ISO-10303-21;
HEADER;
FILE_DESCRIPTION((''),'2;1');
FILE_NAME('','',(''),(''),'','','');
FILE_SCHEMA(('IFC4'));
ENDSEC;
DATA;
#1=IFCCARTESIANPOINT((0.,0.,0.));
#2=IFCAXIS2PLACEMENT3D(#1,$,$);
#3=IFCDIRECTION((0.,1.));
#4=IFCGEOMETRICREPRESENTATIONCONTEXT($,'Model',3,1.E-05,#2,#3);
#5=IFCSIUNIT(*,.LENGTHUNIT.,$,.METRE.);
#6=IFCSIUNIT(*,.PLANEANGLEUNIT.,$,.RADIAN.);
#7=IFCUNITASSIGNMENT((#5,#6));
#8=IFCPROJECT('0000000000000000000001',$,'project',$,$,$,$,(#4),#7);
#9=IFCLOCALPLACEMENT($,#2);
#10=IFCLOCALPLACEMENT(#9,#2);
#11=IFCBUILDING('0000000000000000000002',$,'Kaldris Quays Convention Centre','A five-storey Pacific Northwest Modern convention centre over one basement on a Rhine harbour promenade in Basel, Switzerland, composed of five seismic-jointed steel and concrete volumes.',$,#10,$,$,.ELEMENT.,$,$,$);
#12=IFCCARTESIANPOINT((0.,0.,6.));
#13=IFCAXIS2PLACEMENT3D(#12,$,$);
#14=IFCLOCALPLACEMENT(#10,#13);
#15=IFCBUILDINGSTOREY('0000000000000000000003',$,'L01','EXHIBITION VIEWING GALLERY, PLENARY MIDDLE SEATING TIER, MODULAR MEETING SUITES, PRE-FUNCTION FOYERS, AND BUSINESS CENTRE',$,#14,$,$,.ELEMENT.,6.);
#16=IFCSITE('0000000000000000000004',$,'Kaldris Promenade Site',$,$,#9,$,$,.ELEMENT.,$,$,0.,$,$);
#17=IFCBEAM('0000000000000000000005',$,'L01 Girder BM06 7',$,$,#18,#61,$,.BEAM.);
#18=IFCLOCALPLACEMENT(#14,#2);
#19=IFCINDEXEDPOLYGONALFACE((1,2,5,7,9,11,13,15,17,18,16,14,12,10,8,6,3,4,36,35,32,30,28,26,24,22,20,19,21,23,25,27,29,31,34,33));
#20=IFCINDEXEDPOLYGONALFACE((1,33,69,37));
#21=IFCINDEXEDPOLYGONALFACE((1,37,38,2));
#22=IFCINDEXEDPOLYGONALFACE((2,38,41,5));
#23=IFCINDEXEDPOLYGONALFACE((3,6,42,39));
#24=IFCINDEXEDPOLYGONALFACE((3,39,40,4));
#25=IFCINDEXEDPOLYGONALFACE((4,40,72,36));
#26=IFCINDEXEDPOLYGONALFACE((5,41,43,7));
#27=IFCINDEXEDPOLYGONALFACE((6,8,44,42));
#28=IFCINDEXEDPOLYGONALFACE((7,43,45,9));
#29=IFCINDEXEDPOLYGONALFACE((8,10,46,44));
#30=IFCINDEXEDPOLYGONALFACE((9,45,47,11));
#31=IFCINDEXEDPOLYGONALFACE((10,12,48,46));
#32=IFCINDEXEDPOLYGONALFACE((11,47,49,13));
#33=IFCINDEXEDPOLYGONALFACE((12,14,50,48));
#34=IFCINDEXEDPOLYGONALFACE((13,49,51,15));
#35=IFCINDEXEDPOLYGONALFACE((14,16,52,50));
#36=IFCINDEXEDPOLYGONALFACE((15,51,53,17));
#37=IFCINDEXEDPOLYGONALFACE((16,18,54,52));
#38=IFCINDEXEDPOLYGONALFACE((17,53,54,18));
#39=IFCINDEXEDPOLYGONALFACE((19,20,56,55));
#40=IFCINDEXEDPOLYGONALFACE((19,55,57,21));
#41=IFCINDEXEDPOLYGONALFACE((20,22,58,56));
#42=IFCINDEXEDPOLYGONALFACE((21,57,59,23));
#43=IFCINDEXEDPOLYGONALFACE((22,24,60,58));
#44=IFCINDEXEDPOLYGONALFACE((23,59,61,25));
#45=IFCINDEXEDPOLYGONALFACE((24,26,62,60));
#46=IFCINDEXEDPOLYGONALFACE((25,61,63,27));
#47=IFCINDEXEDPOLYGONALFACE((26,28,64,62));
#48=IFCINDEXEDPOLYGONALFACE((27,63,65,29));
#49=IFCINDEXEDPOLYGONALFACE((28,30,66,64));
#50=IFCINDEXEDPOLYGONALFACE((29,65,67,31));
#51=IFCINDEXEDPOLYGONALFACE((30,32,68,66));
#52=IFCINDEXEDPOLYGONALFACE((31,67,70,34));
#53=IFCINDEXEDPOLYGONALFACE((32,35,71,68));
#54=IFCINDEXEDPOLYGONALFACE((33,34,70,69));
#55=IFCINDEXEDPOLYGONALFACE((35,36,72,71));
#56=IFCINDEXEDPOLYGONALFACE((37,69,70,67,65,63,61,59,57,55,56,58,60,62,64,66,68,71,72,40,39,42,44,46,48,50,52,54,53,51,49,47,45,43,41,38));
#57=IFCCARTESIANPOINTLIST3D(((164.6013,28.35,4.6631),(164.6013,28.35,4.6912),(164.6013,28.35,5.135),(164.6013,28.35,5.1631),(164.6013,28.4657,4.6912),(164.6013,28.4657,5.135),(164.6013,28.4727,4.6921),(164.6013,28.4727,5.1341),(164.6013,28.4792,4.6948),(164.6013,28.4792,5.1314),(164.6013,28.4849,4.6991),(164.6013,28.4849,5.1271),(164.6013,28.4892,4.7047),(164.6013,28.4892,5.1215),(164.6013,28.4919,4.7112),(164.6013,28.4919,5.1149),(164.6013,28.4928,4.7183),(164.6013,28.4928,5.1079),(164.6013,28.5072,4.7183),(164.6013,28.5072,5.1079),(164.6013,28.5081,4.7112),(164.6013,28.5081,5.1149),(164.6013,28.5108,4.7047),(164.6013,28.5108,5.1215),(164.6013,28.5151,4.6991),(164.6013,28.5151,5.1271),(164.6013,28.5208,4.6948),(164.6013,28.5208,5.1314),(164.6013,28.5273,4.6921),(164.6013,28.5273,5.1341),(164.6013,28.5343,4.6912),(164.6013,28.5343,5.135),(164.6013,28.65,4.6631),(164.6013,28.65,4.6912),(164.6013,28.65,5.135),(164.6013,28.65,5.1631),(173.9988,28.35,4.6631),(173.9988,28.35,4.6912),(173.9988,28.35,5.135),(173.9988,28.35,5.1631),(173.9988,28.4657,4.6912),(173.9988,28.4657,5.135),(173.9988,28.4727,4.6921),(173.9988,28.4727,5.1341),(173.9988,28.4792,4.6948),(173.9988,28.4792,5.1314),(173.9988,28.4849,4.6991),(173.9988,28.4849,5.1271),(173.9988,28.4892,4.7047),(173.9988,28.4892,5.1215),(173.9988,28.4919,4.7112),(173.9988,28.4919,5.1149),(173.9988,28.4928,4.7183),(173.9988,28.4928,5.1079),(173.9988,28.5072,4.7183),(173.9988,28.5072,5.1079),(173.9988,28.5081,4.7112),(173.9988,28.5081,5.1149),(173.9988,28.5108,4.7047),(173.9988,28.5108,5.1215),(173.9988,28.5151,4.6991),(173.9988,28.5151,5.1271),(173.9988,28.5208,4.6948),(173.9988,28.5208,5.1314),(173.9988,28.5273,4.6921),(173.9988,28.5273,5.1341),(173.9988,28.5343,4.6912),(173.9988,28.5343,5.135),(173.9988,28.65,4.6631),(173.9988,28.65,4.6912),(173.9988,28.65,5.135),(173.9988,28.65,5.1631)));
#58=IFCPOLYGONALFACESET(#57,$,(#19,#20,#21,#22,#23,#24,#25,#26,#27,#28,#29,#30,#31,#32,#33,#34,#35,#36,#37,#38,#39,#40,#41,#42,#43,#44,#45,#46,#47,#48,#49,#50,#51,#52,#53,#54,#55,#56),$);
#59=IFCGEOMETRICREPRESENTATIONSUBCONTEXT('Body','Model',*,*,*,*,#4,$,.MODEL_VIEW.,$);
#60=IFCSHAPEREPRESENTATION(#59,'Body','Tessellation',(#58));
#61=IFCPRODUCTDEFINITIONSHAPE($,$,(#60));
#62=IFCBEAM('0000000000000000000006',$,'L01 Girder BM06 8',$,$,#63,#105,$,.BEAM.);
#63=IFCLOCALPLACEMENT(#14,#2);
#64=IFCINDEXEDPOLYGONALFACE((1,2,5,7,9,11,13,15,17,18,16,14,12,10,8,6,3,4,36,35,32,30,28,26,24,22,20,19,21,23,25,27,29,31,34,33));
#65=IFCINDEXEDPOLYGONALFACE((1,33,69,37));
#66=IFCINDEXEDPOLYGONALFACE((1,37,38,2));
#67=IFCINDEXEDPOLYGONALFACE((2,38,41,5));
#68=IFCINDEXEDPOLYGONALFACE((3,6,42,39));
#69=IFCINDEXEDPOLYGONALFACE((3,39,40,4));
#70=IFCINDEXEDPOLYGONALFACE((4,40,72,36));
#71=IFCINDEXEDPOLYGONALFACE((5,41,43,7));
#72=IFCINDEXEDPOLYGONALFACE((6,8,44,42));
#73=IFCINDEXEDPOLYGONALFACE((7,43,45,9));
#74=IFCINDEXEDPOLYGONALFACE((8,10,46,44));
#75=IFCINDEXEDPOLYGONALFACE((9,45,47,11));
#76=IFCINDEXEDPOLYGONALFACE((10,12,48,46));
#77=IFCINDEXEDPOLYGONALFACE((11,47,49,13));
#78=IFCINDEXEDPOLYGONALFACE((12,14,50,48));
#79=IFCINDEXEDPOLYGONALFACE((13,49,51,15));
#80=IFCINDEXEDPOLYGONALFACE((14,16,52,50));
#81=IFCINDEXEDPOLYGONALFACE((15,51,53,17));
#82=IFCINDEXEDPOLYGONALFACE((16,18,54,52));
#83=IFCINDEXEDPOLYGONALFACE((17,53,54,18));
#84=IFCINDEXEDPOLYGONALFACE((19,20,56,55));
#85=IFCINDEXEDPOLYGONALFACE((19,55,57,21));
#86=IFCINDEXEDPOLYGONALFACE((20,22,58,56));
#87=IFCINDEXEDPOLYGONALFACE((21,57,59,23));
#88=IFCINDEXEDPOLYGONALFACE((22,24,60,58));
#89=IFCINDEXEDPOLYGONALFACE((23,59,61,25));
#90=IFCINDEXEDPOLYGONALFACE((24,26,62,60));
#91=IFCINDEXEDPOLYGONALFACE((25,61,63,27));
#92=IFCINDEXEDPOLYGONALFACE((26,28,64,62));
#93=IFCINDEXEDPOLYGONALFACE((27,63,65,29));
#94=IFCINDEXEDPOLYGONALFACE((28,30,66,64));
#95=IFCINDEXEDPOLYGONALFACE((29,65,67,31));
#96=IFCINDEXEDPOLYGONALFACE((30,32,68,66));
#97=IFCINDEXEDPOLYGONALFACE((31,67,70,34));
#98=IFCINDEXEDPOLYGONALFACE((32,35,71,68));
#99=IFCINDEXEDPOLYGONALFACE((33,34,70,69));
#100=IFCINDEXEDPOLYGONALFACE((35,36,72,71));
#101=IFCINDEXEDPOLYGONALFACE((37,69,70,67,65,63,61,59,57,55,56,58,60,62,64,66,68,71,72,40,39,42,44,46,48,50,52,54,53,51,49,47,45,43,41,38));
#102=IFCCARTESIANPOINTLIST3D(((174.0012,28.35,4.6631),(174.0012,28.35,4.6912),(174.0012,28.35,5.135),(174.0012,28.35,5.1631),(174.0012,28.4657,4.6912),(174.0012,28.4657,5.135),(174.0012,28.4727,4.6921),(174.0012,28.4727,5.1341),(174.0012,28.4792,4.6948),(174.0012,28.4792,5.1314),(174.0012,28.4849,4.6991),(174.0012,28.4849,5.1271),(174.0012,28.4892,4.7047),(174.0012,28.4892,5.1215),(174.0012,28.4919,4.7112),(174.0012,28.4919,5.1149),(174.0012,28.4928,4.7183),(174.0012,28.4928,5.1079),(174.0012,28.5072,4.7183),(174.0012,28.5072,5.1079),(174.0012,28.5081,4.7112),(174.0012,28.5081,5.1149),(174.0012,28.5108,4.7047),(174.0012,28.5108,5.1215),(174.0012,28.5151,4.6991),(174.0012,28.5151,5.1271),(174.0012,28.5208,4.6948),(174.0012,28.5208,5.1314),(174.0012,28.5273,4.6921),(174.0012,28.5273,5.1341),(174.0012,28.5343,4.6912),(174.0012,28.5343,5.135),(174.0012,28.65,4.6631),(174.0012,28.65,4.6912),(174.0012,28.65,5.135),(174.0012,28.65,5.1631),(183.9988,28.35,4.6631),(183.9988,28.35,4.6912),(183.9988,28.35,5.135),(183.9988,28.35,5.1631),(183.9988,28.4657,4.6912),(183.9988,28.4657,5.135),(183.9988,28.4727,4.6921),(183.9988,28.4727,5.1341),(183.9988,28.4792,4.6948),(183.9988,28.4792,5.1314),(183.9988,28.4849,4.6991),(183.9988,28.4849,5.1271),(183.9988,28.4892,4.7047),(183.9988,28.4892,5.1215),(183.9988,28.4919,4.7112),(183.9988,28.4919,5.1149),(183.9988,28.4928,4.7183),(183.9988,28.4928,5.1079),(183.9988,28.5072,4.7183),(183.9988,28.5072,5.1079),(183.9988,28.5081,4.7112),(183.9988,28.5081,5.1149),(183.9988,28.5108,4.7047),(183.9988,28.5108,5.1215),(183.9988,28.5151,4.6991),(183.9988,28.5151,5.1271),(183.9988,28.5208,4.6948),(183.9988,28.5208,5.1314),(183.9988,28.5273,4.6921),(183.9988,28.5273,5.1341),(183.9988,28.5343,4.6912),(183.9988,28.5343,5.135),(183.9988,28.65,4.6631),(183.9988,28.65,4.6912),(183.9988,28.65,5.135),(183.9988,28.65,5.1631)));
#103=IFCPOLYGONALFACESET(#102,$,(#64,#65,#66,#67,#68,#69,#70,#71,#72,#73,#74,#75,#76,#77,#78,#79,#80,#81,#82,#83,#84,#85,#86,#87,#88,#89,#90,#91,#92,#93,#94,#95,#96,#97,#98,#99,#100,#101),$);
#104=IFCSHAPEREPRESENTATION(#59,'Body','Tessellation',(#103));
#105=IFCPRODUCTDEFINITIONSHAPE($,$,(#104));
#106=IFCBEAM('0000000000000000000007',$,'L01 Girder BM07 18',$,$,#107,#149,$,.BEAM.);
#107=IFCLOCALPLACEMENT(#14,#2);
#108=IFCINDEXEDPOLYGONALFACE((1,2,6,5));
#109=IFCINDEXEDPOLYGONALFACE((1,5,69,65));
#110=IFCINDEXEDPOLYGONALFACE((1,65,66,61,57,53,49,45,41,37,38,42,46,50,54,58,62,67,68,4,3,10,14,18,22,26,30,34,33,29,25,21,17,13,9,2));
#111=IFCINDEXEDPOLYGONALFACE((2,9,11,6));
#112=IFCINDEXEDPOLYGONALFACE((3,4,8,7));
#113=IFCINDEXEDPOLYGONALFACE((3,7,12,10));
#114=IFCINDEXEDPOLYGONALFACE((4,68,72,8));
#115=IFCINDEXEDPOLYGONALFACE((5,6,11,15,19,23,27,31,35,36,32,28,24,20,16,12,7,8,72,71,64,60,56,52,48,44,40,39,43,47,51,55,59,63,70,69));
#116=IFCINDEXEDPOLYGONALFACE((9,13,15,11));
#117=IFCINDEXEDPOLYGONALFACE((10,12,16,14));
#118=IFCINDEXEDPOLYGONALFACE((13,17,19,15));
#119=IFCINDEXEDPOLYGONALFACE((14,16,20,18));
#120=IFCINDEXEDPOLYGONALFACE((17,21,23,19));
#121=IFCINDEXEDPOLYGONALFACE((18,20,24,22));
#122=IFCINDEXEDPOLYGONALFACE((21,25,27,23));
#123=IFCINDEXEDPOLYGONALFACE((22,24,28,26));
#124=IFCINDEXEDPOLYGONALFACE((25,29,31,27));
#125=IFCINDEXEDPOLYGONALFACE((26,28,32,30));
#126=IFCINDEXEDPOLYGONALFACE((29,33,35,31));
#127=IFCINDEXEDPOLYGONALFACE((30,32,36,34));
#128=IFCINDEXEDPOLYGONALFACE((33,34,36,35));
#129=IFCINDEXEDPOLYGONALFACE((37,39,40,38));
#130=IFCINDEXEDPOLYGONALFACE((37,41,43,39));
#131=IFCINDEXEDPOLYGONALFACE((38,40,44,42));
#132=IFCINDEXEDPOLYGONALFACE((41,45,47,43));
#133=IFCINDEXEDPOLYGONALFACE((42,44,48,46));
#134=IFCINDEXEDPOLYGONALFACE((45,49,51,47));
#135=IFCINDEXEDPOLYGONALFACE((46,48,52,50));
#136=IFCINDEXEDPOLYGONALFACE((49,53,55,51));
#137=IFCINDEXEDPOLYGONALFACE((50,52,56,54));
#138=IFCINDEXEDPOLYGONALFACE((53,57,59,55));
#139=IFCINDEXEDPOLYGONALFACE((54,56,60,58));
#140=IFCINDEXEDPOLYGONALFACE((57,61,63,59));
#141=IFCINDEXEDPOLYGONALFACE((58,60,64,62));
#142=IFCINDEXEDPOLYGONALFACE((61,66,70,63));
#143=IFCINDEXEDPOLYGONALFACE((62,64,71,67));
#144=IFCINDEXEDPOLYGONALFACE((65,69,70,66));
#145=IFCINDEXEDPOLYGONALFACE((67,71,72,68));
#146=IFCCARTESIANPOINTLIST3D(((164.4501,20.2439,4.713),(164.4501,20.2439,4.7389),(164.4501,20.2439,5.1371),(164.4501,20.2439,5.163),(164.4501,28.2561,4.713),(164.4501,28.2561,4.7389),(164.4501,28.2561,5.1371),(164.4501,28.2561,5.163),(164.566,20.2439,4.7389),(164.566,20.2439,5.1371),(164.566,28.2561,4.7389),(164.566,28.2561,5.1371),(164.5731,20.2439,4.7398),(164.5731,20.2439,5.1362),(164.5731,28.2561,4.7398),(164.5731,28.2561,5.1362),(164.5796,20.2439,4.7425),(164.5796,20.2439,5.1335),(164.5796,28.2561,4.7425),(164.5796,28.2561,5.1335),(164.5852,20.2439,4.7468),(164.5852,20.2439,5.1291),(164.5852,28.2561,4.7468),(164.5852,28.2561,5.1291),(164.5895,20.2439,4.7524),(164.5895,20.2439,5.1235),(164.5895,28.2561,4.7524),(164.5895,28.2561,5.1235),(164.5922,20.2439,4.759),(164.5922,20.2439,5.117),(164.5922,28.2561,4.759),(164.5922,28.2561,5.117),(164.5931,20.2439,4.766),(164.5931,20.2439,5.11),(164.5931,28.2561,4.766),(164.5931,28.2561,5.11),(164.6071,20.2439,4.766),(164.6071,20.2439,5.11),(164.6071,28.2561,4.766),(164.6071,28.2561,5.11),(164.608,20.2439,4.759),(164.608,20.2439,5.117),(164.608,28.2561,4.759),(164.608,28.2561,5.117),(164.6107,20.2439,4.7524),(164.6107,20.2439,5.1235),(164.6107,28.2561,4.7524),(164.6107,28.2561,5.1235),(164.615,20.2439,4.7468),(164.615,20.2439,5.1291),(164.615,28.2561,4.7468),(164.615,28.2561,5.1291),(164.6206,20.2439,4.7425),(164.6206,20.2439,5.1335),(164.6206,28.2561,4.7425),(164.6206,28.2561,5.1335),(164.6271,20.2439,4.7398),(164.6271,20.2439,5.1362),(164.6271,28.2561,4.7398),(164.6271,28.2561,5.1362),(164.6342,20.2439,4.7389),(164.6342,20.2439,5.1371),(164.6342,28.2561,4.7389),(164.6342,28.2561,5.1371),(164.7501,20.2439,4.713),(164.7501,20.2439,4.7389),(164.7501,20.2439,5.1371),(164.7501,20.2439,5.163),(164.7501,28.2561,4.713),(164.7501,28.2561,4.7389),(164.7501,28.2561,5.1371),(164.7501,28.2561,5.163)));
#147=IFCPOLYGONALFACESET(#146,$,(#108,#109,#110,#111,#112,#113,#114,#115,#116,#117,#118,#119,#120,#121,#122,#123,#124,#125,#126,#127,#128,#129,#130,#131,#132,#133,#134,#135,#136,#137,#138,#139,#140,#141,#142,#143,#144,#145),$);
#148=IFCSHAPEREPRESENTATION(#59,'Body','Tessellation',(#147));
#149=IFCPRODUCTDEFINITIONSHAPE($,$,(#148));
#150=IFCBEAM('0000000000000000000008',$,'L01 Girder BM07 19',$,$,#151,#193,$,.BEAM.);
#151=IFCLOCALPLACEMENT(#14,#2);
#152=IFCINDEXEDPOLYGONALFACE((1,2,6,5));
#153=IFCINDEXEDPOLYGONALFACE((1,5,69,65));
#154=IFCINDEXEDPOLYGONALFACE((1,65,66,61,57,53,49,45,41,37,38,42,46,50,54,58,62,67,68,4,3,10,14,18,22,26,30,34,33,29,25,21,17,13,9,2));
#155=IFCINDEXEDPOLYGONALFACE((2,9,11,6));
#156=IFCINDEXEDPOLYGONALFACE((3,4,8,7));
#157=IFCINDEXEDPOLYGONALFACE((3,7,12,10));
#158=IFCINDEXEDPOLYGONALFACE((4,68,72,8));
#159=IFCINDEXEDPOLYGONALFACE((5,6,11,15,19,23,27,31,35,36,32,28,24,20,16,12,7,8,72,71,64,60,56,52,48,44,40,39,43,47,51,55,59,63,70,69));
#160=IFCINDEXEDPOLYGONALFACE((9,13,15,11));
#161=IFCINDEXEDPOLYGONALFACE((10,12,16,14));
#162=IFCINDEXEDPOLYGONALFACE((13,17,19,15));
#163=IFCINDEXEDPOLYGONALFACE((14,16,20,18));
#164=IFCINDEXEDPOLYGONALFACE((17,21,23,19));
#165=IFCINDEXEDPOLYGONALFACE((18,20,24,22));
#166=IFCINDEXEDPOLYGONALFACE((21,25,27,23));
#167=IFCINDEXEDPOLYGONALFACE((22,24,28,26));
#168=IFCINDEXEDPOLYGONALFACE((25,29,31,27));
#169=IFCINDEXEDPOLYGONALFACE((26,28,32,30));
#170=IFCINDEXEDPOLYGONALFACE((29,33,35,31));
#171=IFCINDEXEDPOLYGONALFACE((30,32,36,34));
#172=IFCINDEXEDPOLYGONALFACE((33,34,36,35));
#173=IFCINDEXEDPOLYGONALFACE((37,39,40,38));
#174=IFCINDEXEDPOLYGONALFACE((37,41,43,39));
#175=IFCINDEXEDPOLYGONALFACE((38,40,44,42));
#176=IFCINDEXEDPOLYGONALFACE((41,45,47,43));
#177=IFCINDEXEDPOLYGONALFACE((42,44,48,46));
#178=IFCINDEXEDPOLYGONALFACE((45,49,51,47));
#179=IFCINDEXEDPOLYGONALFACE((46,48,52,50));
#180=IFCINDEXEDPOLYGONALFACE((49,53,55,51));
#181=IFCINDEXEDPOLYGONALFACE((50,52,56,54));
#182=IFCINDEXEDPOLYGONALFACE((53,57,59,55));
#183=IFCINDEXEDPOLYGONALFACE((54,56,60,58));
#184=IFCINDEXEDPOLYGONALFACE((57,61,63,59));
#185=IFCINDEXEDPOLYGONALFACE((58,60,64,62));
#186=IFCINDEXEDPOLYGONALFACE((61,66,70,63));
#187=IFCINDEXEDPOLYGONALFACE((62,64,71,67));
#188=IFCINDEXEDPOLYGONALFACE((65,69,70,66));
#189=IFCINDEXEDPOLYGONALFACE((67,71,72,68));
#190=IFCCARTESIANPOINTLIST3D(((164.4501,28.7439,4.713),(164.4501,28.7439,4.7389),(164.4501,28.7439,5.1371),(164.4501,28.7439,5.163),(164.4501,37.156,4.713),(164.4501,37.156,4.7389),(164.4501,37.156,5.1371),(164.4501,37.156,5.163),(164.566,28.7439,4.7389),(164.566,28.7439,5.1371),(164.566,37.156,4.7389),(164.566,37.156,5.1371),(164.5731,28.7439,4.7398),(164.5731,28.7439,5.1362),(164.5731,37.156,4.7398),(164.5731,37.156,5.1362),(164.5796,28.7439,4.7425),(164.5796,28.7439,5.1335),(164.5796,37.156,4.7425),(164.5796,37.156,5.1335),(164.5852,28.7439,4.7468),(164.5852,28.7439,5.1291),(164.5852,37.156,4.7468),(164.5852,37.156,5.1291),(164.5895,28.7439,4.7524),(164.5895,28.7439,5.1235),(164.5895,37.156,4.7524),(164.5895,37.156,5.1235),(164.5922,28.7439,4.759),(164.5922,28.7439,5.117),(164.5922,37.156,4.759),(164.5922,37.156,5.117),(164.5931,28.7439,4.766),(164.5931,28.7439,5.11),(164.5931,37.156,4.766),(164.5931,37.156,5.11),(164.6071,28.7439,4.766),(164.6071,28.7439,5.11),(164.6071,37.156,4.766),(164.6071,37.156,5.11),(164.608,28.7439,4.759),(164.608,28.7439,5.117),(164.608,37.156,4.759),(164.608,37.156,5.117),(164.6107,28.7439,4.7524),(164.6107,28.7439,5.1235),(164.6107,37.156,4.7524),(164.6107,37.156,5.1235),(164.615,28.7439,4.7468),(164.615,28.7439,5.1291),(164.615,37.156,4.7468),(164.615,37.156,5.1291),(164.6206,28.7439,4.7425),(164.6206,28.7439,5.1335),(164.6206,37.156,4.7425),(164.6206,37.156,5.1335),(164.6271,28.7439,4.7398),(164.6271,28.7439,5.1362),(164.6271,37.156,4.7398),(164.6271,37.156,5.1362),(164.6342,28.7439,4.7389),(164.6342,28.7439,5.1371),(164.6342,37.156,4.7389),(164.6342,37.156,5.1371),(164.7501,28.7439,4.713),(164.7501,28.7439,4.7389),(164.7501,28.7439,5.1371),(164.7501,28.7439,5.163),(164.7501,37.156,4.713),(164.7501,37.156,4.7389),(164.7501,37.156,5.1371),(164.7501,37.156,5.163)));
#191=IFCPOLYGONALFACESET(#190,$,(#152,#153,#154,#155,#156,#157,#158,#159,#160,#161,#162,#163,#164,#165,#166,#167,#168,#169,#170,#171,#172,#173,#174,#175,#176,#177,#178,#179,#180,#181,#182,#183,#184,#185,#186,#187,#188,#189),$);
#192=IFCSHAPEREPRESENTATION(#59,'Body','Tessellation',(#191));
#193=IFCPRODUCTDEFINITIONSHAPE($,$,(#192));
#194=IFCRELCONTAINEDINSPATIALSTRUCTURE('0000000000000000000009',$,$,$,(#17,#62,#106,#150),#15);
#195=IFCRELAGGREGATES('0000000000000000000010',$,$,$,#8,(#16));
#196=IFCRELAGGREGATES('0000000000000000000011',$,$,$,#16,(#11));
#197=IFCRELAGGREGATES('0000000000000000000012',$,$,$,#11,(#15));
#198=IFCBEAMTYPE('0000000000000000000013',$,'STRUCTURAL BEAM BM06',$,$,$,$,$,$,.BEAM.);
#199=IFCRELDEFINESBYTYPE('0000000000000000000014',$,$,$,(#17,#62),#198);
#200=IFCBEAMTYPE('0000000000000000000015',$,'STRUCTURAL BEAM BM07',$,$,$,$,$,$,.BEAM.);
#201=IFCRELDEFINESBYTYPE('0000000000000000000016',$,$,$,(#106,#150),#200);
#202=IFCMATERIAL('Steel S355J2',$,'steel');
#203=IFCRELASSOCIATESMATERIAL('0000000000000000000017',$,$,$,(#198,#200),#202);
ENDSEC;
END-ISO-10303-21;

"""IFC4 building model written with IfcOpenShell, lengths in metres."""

from ifc_helpers import new_model, si_unit, direction, frame, origin, origin_2d, place, context, subcontext, project, spatial, i_section, extrude, material, material_profile, profile_set, type_object, element, save


model = new_model("IFC4")

# Units and contexts
model_context = context("Model", 3, precision=1e-05, world=origin(), true_north=direction((0.0, 1.0)))
body_context = subcontext(model_context, "Body", "Model", "MODEL_VIEW")
ifc_project = project(units=[si_unit("LENGTHUNIT", "METRE"), si_unit("PLANEANGLEUNIT", "RADIAN")], contexts=[model_context])

# Site, building, storey
site_placement = place(None, origin())
site = spatial("IfcSite", under=ifc_project, at=site_placement, Name="Kaldris Promenade Site", CompositionType="ELEMENT", RefElevation=0.0)
building_placement = place(site_placement, origin())
building = spatial("IfcBuilding", under=site, at=building_placement, Name="Kaldris Quays Convention Centre", Description="A five-storey Pacific Northwest Modern convention centre over one basement on a Rhine harbour promenade in Basel, Switzerland, composed of five seismic-jointed steel and concrete volumes.", CompositionType="ELEMENT")
storey_placement = place(building_placement, frame((0.0, 0.0, 6.0)))
storey = spatial("IfcBuildingStorey", under=building, at=storey_placement, Name="L01", Description="EXHIBITION VIEWING GALLERY, PLENARY MIDDLE SEATING TIER, MODULAR MEETING SUITES, PRE-FUNCTION FOYERS, AND BUSINESS CENTRE", CompositionType="ELEMENT", Elevation=6.0)

# Shared definitions
ifc_material_1 = material(Name="Steel S355J2", Category="steel")

# Beams
ifc_material_profile_1 = material_profile(ifc_material_1, i_section(OverallWidth=0.3, OverallDepth=0.5, WebThickness=0.0144, FlangeThickness=0.0281, FilletRadius=0.0271, at=origin_2d()), Name="HEB 500")
ifc_profile_set_1 = profile_set([ifc_material_profile_1], Name="Steel S355J2")
beam_type_1 = type_object("IfcBeamType", Name="STRUCTURAL BEAM BM06", PredefinedType="BEAM", material=ifc_profile_set_1)
beam_1_placement = place(storey_placement, frame((164.6013, 28.5, 4.9131), z_axis=(1.0, 0.0, 0.0), x_axis=(0.0, 1.0, 0.0)))
element("IfcBeam", 1, at=beam_1_placement, inside=storey, type_object=beam_type_1, Name="L01 Girder BM06 7", PredefinedType="BEAM", context=body_context, shape_type="SweptSolid", body=[
    extrude(i_section(OverallWidth=0.3, OverallDepth=0.5, WebThickness=0.0144, FlangeThickness=0.0281, FilletRadius=0.0271, at=origin_2d()), origin(), (0.0, 0.0, 1.0), 9.3975),
])
beam_2_placement = place(storey_placement, frame((174.0012, 28.5, 4.9131), z_axis=(1.0, 0.0, 0.0), x_axis=(0.0, 1.0, 0.0)))
element("IfcBeam", 2, at=beam_2_placement, inside=storey, type_object=beam_type_1, Name="L01 Girder BM06 8", PredefinedType="BEAM", context=body_context, shape_type="SweptSolid", body=[
    extrude(i_section(OverallWidth=0.3, OverallDepth=0.5, WebThickness=0.0144, FlangeThickness=0.0281, FilletRadius=0.0271, at=origin_2d()), origin(), (0.0, 0.0, 1.0), 9.9976),
])
ifc_material_profile_2 = material_profile(ifc_material_1, i_section(OverallWidth=0.3, OverallDepth=0.45, WebThickness=0.0139, FlangeThickness=0.0259, FilletRadius=0.0271, at=origin_2d()), Name="HEB 450")
ifc_profile_set_2 = profile_set([ifc_material_profile_2], Name="Steel S355J2")
beam_type_2 = type_object("IfcBeamType", Name="STRUCTURAL BEAM BM07", PredefinedType="BEAM", material=ifc_profile_set_2)
beam_3_placement = place(storey_placement, frame((164.6001, 20.2439, 4.938), z_axis=(0.0, 1.0, 0.0), x_axis=(-1.0, 0.0, 0.0)))
element("IfcBeam", 3, at=beam_3_placement, inside=storey, type_object=beam_type_2, Name="L01 Girder BM07 18", PredefinedType="BEAM", context=body_context, shape_type="SweptSolid", body=[
    extrude(i_section(OverallWidth=0.3, OverallDepth=0.45, WebThickness=0.0139, FlangeThickness=0.0259, FilletRadius=0.0271, at=origin_2d()), origin(), (0.0, 0.0, 1.0), 8.0122),
])
beam_4_placement = place(storey_placement, frame((164.6001, 28.7439, 4.938), z_axis=(0.0, 1.0, 0.0), x_axis=(-1.0, 0.0, 0.0)))
element("IfcBeam", 4, at=beam_4_placement, inside=storey, type_object=beam_type_2, Name="L01 Girder BM07 19", PredefinedType="BEAM", context=body_context, shape_type="SweptSolid", body=[
    extrude(i_section(OverallWidth=0.3, OverallDepth=0.45, WebThickness=0.0139, FlangeThickness=0.0259, FilletRadius=0.0271, at=origin_2d()), origin(), (0.0, 0.0, 1.0), 8.4121),
])

save(model, "model.ifc")
